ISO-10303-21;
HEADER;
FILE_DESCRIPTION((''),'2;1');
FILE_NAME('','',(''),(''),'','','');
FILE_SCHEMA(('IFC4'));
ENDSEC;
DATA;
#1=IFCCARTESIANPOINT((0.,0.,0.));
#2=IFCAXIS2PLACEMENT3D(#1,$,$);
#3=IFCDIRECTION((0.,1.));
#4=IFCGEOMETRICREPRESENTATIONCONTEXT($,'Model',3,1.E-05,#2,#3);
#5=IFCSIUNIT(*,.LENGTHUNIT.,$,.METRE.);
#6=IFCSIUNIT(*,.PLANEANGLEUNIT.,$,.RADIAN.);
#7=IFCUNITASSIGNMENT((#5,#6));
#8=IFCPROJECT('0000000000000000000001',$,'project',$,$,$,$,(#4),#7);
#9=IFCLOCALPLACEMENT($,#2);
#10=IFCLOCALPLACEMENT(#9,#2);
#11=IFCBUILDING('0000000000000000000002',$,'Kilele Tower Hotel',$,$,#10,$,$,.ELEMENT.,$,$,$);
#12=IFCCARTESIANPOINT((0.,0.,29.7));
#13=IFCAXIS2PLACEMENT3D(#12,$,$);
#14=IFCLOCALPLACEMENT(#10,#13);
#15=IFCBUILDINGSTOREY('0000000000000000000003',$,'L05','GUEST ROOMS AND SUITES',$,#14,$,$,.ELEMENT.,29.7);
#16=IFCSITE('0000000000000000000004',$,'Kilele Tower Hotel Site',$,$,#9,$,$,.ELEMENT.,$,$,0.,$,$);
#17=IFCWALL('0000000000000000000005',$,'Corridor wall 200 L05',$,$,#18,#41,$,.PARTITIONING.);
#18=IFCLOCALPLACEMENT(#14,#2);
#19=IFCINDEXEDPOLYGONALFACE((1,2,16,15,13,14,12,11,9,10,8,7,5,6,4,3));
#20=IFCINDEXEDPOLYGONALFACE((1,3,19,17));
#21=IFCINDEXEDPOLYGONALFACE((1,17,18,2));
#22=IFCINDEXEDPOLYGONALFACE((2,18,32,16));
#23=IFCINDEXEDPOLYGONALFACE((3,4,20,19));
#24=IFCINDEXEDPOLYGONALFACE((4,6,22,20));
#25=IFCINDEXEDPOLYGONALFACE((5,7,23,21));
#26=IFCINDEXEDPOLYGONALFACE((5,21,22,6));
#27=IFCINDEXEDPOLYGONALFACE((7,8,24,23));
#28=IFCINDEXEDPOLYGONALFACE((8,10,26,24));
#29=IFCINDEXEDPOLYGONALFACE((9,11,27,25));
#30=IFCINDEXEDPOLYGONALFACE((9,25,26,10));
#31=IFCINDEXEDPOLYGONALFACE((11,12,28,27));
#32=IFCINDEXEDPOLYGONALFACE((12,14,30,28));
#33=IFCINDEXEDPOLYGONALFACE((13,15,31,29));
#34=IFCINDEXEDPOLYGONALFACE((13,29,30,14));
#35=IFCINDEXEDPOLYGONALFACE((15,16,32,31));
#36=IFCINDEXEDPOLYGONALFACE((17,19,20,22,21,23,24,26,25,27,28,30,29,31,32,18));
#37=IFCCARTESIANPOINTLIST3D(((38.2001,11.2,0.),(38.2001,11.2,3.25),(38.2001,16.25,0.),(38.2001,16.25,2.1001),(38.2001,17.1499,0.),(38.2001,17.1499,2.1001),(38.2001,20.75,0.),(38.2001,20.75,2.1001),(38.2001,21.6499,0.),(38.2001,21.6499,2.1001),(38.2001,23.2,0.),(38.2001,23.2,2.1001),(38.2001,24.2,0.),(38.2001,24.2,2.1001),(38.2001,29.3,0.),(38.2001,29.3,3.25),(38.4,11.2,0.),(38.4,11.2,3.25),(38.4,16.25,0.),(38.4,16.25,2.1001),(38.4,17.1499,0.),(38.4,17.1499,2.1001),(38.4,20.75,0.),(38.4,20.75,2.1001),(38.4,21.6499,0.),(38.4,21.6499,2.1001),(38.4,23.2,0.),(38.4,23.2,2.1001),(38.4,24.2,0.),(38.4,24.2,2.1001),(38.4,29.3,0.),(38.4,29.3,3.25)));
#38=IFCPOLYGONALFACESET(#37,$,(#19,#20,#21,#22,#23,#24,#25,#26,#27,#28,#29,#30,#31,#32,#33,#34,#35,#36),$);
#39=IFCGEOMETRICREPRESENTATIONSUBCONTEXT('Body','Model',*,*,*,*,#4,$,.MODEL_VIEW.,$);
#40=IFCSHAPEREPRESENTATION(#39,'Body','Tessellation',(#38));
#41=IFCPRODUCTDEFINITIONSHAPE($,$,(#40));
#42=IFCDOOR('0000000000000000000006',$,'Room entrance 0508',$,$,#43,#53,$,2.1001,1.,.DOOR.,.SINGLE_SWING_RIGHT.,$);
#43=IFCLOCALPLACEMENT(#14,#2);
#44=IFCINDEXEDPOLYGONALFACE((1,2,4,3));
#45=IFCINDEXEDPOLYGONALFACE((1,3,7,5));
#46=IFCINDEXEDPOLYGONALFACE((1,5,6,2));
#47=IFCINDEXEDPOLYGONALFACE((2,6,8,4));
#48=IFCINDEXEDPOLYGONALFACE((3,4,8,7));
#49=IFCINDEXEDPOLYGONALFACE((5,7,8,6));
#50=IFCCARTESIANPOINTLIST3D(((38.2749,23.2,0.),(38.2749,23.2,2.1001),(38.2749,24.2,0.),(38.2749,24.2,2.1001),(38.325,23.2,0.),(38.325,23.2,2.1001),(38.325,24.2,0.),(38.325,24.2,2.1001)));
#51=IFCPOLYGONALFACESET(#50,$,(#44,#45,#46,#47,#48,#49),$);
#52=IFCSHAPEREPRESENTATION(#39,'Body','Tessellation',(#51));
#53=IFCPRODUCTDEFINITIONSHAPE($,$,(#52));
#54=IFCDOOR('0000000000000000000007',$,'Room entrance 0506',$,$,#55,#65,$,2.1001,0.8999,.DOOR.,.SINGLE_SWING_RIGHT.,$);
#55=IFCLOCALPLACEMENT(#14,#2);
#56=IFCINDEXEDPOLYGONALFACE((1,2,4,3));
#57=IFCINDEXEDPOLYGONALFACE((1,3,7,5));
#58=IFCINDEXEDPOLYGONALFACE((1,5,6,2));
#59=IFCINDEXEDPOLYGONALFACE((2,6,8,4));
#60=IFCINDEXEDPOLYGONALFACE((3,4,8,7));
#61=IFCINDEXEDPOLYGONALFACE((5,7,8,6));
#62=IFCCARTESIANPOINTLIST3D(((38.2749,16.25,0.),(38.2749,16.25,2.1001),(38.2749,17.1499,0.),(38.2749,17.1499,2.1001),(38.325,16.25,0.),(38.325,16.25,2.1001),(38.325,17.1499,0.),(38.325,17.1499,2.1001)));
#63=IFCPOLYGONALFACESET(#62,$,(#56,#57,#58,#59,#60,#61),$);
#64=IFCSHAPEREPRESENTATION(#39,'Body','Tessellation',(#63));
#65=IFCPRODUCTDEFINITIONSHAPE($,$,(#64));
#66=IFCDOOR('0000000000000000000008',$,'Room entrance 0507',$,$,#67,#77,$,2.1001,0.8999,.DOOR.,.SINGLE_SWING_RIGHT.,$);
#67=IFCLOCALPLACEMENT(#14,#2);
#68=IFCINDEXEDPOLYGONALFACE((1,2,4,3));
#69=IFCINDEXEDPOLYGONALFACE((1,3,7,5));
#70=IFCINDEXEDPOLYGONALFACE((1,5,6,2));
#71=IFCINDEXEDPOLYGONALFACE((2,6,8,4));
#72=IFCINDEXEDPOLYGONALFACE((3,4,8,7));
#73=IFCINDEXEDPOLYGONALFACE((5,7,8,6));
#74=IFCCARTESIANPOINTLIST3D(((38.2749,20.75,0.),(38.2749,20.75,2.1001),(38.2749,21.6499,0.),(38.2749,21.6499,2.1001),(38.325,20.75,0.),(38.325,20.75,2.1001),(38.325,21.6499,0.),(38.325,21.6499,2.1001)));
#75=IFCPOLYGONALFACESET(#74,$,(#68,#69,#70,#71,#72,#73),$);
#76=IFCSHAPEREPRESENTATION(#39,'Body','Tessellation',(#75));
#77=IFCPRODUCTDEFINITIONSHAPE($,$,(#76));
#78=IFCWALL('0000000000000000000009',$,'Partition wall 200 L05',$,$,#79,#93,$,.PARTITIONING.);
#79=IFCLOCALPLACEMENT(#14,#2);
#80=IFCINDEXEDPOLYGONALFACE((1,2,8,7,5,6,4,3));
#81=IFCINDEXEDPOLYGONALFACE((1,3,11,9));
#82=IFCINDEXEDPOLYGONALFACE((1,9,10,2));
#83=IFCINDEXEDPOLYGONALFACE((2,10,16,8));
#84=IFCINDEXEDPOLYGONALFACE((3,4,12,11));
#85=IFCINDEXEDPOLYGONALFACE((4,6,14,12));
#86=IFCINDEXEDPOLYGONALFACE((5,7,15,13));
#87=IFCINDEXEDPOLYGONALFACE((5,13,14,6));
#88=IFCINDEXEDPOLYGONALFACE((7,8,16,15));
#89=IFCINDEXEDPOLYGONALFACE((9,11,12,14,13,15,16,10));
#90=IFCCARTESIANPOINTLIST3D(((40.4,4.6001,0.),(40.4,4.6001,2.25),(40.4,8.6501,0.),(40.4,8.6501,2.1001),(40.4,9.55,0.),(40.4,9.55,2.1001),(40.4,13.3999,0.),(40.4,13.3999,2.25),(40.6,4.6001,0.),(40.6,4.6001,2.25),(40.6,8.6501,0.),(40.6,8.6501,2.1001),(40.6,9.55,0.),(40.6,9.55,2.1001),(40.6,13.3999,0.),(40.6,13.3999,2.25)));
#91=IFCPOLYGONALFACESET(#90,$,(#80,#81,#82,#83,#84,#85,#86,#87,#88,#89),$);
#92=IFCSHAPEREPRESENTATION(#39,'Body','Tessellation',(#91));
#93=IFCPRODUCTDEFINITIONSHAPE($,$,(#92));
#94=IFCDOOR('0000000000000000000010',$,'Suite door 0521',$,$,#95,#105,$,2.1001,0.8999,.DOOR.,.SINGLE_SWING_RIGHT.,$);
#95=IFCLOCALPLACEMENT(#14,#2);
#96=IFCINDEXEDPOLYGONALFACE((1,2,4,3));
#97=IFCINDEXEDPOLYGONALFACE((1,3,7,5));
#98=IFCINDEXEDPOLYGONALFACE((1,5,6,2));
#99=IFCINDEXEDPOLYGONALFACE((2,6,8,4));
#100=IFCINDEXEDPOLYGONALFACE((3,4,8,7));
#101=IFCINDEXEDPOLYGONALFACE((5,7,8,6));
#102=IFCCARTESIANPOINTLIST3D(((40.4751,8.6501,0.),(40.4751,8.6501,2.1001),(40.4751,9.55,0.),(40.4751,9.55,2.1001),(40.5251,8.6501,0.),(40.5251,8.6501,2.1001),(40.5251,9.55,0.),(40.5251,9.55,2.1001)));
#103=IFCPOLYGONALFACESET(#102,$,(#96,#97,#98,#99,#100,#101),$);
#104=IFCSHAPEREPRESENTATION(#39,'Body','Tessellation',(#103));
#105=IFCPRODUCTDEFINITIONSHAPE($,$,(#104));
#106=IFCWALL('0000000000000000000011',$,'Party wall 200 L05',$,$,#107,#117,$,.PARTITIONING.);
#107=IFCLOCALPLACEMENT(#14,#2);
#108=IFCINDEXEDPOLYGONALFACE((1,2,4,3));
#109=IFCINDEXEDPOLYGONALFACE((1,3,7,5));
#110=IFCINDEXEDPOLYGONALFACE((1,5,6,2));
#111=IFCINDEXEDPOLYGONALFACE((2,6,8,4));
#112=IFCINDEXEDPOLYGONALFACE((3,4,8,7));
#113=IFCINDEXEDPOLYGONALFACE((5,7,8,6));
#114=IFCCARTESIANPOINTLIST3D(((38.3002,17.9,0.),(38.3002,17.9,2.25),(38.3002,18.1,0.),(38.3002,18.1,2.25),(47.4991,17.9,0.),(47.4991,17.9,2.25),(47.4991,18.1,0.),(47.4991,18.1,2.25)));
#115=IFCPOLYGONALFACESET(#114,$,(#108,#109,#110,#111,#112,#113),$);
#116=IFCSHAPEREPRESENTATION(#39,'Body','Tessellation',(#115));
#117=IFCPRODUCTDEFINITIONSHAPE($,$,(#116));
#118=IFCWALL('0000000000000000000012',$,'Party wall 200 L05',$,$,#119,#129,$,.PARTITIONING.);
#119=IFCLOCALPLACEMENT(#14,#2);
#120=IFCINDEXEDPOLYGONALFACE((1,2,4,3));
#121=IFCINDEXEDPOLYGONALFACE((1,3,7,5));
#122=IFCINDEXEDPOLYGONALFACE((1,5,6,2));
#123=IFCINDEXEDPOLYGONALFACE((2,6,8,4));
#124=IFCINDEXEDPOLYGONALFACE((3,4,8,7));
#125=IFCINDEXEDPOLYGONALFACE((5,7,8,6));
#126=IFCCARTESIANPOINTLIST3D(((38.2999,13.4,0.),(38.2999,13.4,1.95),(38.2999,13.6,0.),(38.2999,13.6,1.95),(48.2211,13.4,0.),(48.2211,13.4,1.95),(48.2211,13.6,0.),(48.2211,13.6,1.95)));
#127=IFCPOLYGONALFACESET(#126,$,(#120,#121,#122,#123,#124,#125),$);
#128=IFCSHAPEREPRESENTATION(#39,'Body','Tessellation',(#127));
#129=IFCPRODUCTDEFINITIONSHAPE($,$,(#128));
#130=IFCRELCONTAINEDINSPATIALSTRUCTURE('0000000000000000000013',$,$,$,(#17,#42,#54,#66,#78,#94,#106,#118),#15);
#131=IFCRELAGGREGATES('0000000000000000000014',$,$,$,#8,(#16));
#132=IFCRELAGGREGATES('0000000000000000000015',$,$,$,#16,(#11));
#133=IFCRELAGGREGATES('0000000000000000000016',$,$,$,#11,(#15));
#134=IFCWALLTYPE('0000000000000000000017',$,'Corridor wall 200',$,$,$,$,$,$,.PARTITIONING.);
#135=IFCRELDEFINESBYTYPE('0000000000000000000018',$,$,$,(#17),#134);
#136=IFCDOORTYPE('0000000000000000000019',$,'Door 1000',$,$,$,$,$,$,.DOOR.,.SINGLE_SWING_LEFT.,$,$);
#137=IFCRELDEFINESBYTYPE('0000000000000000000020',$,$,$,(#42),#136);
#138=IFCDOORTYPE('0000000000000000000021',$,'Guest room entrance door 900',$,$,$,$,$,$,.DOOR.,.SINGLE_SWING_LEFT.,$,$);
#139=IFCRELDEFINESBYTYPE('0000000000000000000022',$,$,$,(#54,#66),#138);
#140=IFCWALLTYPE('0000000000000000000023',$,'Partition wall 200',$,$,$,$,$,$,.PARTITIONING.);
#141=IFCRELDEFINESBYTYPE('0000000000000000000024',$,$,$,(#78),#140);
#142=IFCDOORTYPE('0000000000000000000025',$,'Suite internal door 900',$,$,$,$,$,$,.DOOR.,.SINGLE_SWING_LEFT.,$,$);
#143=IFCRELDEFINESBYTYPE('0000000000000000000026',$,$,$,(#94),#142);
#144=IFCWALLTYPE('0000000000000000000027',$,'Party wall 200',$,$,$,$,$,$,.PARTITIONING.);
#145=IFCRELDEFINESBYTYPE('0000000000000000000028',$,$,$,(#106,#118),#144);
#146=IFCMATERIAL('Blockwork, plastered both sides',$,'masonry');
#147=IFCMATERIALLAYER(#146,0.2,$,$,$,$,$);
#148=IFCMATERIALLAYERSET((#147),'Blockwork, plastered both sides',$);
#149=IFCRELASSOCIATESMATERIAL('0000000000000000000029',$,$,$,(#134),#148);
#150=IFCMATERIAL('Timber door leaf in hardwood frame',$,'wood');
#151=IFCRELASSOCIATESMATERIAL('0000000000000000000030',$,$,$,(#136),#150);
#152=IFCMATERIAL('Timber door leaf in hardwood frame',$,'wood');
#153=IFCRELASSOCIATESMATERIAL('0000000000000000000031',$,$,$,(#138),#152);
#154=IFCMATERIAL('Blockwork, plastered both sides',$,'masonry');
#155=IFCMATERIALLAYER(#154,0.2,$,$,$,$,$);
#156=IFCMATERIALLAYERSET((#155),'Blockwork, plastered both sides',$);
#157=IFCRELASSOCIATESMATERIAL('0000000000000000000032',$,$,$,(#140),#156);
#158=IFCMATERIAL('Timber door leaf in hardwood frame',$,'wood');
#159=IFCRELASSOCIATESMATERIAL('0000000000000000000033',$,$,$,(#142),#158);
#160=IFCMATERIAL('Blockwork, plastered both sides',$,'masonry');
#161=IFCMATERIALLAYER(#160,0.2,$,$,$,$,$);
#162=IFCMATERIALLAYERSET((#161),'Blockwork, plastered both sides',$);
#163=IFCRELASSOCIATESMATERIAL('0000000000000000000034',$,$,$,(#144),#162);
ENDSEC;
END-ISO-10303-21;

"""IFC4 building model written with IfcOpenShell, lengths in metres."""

from ifc_helpers import new_model, si_unit, direction, frame, frame_2d, origin, place, context, subcontext, project, spatial, rectangle, extrude, material, layer, layer_set, type_object, element, fill, save


model = new_model("IFC4")

# Units and contexts
model_context = context("Model", 3, precision=1e-05, world=origin(), true_north=direction((0.0, 1.0)))
body_context = subcontext(model_context, "Body", "Model", "MODEL_VIEW")
ifc_project = project(units=[si_unit("LENGTHUNIT", "METRE"), si_unit("PLANEANGLEUNIT", "RADIAN")], contexts=[model_context])

# Site, building, storey
site_placement = place(None, origin())
site = spatial("IfcSite", under=ifc_project, at=site_placement, Name="Kilele Tower Hotel Site", CompositionType="ELEMENT", RefElevation=0.0)
building_placement = place(site_placement, origin())
building = spatial("IfcBuilding", under=site, at=building_placement, Name="Kilele Tower Hotel", CompositionType="ELEMENT")
storey_placement = place(building_placement, frame((0.0, 0.0, 29.7)))
storey = spatial("IfcBuildingStorey", under=building, at=storey_placement, Name="L05", Description="GUEST ROOMS AND SUITES", CompositionType="ELEMENT", Elevation=29.7)

# Wall, openings, doors
ifc_material_1 = material(Name="Blockwork, plastered both sides", Category="masonry")
ifc_layer_1 = layer(ifc_material_1, 0.2)
ifc_layer_set_1 = layer_set([ifc_layer_1], Name="Blockwork, plastered both sides")
wall_type_1 = type_object("IfcWallType", Name="Corridor wall 200", PredefinedType="PARTITIONING", material=ifc_layer_set_1)
wall_1_placement = place(storey_placement, frame((38.3, 11.2, 0.0), z_axis=(0.0, 0.0, 1.0), x_axis=(0.0, 1.0, 0.0)))
wall_1 = element("IfcWall", 1, at=wall_1_placement, inside=storey, type_object=wall_type_1, Name="Corridor wall 200 L05", PredefinedType="PARTITIONING", context=body_context, shape_type="SweptSolid", body=[
    extrude(rectangle(XDim=18.1001, YDim=0.2, at=frame_2d((9.05, 0.0))), origin(), (0.0, 0.0, 1.0), 3.25),
])
opening_1_placement = place(wall_1_placement, frame((5.95, 0.0, 0.0), z_axis=(0.0, 0.0, 1.0), x_axis=(-1.0, 0.0, 0.0)))
opening_1 = element("IfcOpeningElement", 2, at=opening_1_placement, cuts=wall_1, PredefinedType="OPENING", context=body_context, shape_type="SweptSolid", body=[
    extrude(rectangle(XDim=0.8999, YDim=2.1001, at=frame_2d((0.45, 1.05))), frame((0.0, 0.1099, 0.0), z_axis=(0.0, -1.0, 0.0), x_axis=(1.0, 0.0, 0.0)), (0.0, 0.0, 1.0), 0.22),
])
opening_2_placement = place(wall_1_placement, frame((10.45, 0.0, 0.0), z_axis=(0.0, 0.0, 1.0), x_axis=(-1.0, 0.0, 0.0)))
opening_2 = element("IfcOpeningElement", 3, at=opening_2_placement, cuts=wall_1, PredefinedType="OPENING", context=body_context, shape_type="SweptSolid", body=[
    extrude(rectangle(XDim=0.8999, YDim=2.1001, at=frame_2d((0.45, 1.05))), frame((0.0, 0.1099, 0.0), z_axis=(0.0, -1.0, 0.0), x_axis=(1.0, 0.0, 0.0)), (0.0, 0.0, 1.0), 0.22),
])
opening_3_placement = place(wall_1_placement, frame((13.0, 0.0, 0.0), z_axis=(0.0, 0.0, 1.0), x_axis=(-1.0, 0.0, 0.0)))
opening_3 = element("IfcOpeningElement", 4, at=opening_3_placement, cuts=wall_1, PredefinedType="OPENING", context=body_context, shape_type="SweptSolid", body=[
    extrude(rectangle(XDim=1.0, YDim=2.1001, at=frame_2d((0.5, 1.05))), frame((0.0, 0.1099, 0.0), z_axis=(0.0, -1.0, 0.0), x_axis=(1.0, 0.0, 0.0)), (0.0, 0.0, 1.0), 0.22),
])
ifc_material_2 = material(Name="Timber door leaf in hardwood frame", Category="wood")
door_type_1 = type_object("IfcDoorType", Name="Door 1000", OperationType="SINGLE_SWING_LEFT", PredefinedType="DOOR", material=ifc_material_2)
door_1_placement = place(opening_3_placement, origin())
door_1 = element("IfcDoor", 5, at=door_1_placement, inside=storey, type_object=door_type_1, Name="Room entrance 0508", OperationType="SINGLE_SWING_RIGHT", OverallHeight=2.1001, OverallWidth=1.0, PredefinedType="DOOR", context=body_context, shape_type="SweptSolid", body=[
    extrude(rectangle(XDim=1.0, YDim=2.1001, at=frame_2d((0.5, 1.05))), frame((0.0, 0.0249, 0.0), z_axis=(0.0, -1.0, 0.0), x_axis=(1.0, 0.0, 0.0)), (0.0, 0.0, 1.0), 0.05),
])
fill(opening_3, door_1)
ifc_material_3 = material(Name="Timber door leaf in hardwood frame", Category="wood")
door_type_2 = type_object("IfcDoorType", Name="Guest room entrance door 900", OperationType="SINGLE_SWING_LEFT", PredefinedType="DOOR", material=ifc_material_3)
door_2_placement = place(opening_1_placement, origin())
door_2 = element("IfcDoor", 6, at=door_2_placement, inside=storey, type_object=door_type_2, Name="Room entrance 0506", OperationType="SINGLE_SWING_RIGHT", OverallHeight=2.1001, OverallWidth=0.8999, PredefinedType="DOOR", context=body_context, shape_type="SweptSolid", body=[
    extrude(rectangle(XDim=0.8999, YDim=2.1001, at=frame_2d((0.45, 1.05))), frame((0.0, 0.0249, 0.0), z_axis=(0.0, -1.0, 0.0), x_axis=(1.0, 0.0, 0.0)), (0.0, 0.0, 1.0), 0.05),
])
fill(opening_1, door_2)
door_3_placement = place(opening_2_placement, origin())
door_3 = element("IfcDoor", 7, at=door_3_placement, inside=storey, type_object=door_type_2, Name="Room entrance 0507", OperationType="SINGLE_SWING_RIGHT", OverallHeight=2.1001, OverallWidth=0.8999, PredefinedType="DOOR", context=body_context, shape_type="SweptSolid", body=[
    extrude(rectangle(XDim=0.8999, YDim=2.1001, at=frame_2d((0.45, 1.05))), frame((0.0, 0.0249, 0.0), z_axis=(0.0, -1.0, 0.0), x_axis=(1.0, 0.0, 0.0)), (0.0, 0.0, 1.0), 0.05),
])
fill(opening_2, door_3)

# Wall, opening, door
ifc_material_4 = material(Name="Blockwork, plastered both sides", Category="masonry")
ifc_layer_2 = layer(ifc_material_4, 0.2)
ifc_layer_set_2 = layer_set([ifc_layer_2], Name="Blockwork, plastered both sides")
wall_type_2 = type_object("IfcWallType", Name="Partition wall 200", PredefinedType="PARTITIONING", material=ifc_layer_set_2)
wall_2_placement = place(storey_placement, frame((40.5, 4.6001, 0.0), z_axis=(0.0, 0.0, 1.0), x_axis=(0.0, 1.0, 0.0)))
wall_2 = element("IfcWall", 8, at=wall_2_placement, inside=storey, type_object=wall_type_2, Name="Partition wall 200 L05", PredefinedType="PARTITIONING", context=body_context, shape_type="SweptSolid", body=[
    extrude(rectangle(XDim=8.7998, YDim=0.2, at=frame_2d((4.3999, 0.0))), origin(), (0.0, 0.0, 1.0), 2.25),
])
opening_4_placement = place(wall_2_placement, frame((4.05, 0.0, 0.0)))
opening_4 = element("IfcOpeningElement", 9, at=opening_4_placement, cuts=wall_2, PredefinedType="OPENING", context=body_context, shape_type="SweptSolid", body=[
    extrude(rectangle(XDim=0.8999, YDim=2.1001, at=frame_2d((0.45, 1.05))), frame((0.0, 0.1099, 0.0), z_axis=(0.0, -1.0, 0.0), x_axis=(1.0, 0.0, 0.0)), (0.0, 0.0, 1.0), 0.22),
])
ifc_material_5 = material(Name="Timber door leaf in hardwood frame", Category="wood")
door_type_3 = type_object("IfcDoorType", Name="Suite internal door 900", OperationType="SINGLE_SWING_LEFT", PredefinedType="DOOR", material=ifc_material_5)
door_4_placement = place(opening_4_placement, origin())
door_4 = element("IfcDoor", 10, at=door_4_placement, inside=storey, type_object=door_type_3, Name="Suite door 0521", OperationType="SINGLE_SWING_RIGHT", OverallHeight=2.1001, OverallWidth=0.8999, PredefinedType="DOOR", context=body_context, shape_type="SweptSolid", body=[
    extrude(rectangle(XDim=0.8999, YDim=2.1001, at=frame_2d((0.45, 1.05))), frame((0.0, 0.0249, 0.0), z_axis=(0.0, -1.0, 0.0), x_axis=(1.0, 0.0, 0.0)), (0.0, 0.0, 1.0), 0.05),
])
fill(opening_4, door_4)

# Walls
ifc_material_6 = material(Name="Blockwork, plastered both sides", Category="masonry")
ifc_layer_3 = layer(ifc_material_6, 0.2)
ifc_layer_set_3 = layer_set([ifc_layer_3], Name="Blockwork, plastered both sides")
wall_type_3 = type_object("IfcWallType", Name="Party wall 200", PredefinedType="PARTITIONING", material=ifc_layer_set_3)
wall_3_placement = place(storey_placement, frame((38.3, 18.0, 0.0), z_axis=(0.0, 0.0, 1.0), x_axis=(1.0, 0.0, 0.0)))
element("IfcWall", 11, at=wall_3_placement, inside=storey, type_object=wall_type_3, Name="Party wall 200 L05", PredefinedType="PARTITIONING", context=body_context, shape_type="SweptSolid", body=[
    extrude(rectangle(XDim=9.199, YDim=0.2, at=frame_2d((4.5996, 0.0))), origin(), (0.0, 0.0, 1.0), 2.25),
])
wall_4_placement = place(storey_placement, frame((38.3, 13.5, 0.0), z_axis=(0.0, 0.0, 1.0), x_axis=(1.0, 0.0, 0.0)))
element("IfcWall", 12, at=wall_4_placement, inside=storey, type_object=wall_type_3, Name="Party wall 200 L05", PredefinedType="PARTITIONING", context=body_context, shape_type="SweptSolid", body=[
    extrude(rectangle(XDim=9.9211, YDim=0.2, at=frame_2d((4.9604, 0.0))), origin(), (0.0, 0.0, 1.0), 1.95),
])

save(model, "model.ifc")
